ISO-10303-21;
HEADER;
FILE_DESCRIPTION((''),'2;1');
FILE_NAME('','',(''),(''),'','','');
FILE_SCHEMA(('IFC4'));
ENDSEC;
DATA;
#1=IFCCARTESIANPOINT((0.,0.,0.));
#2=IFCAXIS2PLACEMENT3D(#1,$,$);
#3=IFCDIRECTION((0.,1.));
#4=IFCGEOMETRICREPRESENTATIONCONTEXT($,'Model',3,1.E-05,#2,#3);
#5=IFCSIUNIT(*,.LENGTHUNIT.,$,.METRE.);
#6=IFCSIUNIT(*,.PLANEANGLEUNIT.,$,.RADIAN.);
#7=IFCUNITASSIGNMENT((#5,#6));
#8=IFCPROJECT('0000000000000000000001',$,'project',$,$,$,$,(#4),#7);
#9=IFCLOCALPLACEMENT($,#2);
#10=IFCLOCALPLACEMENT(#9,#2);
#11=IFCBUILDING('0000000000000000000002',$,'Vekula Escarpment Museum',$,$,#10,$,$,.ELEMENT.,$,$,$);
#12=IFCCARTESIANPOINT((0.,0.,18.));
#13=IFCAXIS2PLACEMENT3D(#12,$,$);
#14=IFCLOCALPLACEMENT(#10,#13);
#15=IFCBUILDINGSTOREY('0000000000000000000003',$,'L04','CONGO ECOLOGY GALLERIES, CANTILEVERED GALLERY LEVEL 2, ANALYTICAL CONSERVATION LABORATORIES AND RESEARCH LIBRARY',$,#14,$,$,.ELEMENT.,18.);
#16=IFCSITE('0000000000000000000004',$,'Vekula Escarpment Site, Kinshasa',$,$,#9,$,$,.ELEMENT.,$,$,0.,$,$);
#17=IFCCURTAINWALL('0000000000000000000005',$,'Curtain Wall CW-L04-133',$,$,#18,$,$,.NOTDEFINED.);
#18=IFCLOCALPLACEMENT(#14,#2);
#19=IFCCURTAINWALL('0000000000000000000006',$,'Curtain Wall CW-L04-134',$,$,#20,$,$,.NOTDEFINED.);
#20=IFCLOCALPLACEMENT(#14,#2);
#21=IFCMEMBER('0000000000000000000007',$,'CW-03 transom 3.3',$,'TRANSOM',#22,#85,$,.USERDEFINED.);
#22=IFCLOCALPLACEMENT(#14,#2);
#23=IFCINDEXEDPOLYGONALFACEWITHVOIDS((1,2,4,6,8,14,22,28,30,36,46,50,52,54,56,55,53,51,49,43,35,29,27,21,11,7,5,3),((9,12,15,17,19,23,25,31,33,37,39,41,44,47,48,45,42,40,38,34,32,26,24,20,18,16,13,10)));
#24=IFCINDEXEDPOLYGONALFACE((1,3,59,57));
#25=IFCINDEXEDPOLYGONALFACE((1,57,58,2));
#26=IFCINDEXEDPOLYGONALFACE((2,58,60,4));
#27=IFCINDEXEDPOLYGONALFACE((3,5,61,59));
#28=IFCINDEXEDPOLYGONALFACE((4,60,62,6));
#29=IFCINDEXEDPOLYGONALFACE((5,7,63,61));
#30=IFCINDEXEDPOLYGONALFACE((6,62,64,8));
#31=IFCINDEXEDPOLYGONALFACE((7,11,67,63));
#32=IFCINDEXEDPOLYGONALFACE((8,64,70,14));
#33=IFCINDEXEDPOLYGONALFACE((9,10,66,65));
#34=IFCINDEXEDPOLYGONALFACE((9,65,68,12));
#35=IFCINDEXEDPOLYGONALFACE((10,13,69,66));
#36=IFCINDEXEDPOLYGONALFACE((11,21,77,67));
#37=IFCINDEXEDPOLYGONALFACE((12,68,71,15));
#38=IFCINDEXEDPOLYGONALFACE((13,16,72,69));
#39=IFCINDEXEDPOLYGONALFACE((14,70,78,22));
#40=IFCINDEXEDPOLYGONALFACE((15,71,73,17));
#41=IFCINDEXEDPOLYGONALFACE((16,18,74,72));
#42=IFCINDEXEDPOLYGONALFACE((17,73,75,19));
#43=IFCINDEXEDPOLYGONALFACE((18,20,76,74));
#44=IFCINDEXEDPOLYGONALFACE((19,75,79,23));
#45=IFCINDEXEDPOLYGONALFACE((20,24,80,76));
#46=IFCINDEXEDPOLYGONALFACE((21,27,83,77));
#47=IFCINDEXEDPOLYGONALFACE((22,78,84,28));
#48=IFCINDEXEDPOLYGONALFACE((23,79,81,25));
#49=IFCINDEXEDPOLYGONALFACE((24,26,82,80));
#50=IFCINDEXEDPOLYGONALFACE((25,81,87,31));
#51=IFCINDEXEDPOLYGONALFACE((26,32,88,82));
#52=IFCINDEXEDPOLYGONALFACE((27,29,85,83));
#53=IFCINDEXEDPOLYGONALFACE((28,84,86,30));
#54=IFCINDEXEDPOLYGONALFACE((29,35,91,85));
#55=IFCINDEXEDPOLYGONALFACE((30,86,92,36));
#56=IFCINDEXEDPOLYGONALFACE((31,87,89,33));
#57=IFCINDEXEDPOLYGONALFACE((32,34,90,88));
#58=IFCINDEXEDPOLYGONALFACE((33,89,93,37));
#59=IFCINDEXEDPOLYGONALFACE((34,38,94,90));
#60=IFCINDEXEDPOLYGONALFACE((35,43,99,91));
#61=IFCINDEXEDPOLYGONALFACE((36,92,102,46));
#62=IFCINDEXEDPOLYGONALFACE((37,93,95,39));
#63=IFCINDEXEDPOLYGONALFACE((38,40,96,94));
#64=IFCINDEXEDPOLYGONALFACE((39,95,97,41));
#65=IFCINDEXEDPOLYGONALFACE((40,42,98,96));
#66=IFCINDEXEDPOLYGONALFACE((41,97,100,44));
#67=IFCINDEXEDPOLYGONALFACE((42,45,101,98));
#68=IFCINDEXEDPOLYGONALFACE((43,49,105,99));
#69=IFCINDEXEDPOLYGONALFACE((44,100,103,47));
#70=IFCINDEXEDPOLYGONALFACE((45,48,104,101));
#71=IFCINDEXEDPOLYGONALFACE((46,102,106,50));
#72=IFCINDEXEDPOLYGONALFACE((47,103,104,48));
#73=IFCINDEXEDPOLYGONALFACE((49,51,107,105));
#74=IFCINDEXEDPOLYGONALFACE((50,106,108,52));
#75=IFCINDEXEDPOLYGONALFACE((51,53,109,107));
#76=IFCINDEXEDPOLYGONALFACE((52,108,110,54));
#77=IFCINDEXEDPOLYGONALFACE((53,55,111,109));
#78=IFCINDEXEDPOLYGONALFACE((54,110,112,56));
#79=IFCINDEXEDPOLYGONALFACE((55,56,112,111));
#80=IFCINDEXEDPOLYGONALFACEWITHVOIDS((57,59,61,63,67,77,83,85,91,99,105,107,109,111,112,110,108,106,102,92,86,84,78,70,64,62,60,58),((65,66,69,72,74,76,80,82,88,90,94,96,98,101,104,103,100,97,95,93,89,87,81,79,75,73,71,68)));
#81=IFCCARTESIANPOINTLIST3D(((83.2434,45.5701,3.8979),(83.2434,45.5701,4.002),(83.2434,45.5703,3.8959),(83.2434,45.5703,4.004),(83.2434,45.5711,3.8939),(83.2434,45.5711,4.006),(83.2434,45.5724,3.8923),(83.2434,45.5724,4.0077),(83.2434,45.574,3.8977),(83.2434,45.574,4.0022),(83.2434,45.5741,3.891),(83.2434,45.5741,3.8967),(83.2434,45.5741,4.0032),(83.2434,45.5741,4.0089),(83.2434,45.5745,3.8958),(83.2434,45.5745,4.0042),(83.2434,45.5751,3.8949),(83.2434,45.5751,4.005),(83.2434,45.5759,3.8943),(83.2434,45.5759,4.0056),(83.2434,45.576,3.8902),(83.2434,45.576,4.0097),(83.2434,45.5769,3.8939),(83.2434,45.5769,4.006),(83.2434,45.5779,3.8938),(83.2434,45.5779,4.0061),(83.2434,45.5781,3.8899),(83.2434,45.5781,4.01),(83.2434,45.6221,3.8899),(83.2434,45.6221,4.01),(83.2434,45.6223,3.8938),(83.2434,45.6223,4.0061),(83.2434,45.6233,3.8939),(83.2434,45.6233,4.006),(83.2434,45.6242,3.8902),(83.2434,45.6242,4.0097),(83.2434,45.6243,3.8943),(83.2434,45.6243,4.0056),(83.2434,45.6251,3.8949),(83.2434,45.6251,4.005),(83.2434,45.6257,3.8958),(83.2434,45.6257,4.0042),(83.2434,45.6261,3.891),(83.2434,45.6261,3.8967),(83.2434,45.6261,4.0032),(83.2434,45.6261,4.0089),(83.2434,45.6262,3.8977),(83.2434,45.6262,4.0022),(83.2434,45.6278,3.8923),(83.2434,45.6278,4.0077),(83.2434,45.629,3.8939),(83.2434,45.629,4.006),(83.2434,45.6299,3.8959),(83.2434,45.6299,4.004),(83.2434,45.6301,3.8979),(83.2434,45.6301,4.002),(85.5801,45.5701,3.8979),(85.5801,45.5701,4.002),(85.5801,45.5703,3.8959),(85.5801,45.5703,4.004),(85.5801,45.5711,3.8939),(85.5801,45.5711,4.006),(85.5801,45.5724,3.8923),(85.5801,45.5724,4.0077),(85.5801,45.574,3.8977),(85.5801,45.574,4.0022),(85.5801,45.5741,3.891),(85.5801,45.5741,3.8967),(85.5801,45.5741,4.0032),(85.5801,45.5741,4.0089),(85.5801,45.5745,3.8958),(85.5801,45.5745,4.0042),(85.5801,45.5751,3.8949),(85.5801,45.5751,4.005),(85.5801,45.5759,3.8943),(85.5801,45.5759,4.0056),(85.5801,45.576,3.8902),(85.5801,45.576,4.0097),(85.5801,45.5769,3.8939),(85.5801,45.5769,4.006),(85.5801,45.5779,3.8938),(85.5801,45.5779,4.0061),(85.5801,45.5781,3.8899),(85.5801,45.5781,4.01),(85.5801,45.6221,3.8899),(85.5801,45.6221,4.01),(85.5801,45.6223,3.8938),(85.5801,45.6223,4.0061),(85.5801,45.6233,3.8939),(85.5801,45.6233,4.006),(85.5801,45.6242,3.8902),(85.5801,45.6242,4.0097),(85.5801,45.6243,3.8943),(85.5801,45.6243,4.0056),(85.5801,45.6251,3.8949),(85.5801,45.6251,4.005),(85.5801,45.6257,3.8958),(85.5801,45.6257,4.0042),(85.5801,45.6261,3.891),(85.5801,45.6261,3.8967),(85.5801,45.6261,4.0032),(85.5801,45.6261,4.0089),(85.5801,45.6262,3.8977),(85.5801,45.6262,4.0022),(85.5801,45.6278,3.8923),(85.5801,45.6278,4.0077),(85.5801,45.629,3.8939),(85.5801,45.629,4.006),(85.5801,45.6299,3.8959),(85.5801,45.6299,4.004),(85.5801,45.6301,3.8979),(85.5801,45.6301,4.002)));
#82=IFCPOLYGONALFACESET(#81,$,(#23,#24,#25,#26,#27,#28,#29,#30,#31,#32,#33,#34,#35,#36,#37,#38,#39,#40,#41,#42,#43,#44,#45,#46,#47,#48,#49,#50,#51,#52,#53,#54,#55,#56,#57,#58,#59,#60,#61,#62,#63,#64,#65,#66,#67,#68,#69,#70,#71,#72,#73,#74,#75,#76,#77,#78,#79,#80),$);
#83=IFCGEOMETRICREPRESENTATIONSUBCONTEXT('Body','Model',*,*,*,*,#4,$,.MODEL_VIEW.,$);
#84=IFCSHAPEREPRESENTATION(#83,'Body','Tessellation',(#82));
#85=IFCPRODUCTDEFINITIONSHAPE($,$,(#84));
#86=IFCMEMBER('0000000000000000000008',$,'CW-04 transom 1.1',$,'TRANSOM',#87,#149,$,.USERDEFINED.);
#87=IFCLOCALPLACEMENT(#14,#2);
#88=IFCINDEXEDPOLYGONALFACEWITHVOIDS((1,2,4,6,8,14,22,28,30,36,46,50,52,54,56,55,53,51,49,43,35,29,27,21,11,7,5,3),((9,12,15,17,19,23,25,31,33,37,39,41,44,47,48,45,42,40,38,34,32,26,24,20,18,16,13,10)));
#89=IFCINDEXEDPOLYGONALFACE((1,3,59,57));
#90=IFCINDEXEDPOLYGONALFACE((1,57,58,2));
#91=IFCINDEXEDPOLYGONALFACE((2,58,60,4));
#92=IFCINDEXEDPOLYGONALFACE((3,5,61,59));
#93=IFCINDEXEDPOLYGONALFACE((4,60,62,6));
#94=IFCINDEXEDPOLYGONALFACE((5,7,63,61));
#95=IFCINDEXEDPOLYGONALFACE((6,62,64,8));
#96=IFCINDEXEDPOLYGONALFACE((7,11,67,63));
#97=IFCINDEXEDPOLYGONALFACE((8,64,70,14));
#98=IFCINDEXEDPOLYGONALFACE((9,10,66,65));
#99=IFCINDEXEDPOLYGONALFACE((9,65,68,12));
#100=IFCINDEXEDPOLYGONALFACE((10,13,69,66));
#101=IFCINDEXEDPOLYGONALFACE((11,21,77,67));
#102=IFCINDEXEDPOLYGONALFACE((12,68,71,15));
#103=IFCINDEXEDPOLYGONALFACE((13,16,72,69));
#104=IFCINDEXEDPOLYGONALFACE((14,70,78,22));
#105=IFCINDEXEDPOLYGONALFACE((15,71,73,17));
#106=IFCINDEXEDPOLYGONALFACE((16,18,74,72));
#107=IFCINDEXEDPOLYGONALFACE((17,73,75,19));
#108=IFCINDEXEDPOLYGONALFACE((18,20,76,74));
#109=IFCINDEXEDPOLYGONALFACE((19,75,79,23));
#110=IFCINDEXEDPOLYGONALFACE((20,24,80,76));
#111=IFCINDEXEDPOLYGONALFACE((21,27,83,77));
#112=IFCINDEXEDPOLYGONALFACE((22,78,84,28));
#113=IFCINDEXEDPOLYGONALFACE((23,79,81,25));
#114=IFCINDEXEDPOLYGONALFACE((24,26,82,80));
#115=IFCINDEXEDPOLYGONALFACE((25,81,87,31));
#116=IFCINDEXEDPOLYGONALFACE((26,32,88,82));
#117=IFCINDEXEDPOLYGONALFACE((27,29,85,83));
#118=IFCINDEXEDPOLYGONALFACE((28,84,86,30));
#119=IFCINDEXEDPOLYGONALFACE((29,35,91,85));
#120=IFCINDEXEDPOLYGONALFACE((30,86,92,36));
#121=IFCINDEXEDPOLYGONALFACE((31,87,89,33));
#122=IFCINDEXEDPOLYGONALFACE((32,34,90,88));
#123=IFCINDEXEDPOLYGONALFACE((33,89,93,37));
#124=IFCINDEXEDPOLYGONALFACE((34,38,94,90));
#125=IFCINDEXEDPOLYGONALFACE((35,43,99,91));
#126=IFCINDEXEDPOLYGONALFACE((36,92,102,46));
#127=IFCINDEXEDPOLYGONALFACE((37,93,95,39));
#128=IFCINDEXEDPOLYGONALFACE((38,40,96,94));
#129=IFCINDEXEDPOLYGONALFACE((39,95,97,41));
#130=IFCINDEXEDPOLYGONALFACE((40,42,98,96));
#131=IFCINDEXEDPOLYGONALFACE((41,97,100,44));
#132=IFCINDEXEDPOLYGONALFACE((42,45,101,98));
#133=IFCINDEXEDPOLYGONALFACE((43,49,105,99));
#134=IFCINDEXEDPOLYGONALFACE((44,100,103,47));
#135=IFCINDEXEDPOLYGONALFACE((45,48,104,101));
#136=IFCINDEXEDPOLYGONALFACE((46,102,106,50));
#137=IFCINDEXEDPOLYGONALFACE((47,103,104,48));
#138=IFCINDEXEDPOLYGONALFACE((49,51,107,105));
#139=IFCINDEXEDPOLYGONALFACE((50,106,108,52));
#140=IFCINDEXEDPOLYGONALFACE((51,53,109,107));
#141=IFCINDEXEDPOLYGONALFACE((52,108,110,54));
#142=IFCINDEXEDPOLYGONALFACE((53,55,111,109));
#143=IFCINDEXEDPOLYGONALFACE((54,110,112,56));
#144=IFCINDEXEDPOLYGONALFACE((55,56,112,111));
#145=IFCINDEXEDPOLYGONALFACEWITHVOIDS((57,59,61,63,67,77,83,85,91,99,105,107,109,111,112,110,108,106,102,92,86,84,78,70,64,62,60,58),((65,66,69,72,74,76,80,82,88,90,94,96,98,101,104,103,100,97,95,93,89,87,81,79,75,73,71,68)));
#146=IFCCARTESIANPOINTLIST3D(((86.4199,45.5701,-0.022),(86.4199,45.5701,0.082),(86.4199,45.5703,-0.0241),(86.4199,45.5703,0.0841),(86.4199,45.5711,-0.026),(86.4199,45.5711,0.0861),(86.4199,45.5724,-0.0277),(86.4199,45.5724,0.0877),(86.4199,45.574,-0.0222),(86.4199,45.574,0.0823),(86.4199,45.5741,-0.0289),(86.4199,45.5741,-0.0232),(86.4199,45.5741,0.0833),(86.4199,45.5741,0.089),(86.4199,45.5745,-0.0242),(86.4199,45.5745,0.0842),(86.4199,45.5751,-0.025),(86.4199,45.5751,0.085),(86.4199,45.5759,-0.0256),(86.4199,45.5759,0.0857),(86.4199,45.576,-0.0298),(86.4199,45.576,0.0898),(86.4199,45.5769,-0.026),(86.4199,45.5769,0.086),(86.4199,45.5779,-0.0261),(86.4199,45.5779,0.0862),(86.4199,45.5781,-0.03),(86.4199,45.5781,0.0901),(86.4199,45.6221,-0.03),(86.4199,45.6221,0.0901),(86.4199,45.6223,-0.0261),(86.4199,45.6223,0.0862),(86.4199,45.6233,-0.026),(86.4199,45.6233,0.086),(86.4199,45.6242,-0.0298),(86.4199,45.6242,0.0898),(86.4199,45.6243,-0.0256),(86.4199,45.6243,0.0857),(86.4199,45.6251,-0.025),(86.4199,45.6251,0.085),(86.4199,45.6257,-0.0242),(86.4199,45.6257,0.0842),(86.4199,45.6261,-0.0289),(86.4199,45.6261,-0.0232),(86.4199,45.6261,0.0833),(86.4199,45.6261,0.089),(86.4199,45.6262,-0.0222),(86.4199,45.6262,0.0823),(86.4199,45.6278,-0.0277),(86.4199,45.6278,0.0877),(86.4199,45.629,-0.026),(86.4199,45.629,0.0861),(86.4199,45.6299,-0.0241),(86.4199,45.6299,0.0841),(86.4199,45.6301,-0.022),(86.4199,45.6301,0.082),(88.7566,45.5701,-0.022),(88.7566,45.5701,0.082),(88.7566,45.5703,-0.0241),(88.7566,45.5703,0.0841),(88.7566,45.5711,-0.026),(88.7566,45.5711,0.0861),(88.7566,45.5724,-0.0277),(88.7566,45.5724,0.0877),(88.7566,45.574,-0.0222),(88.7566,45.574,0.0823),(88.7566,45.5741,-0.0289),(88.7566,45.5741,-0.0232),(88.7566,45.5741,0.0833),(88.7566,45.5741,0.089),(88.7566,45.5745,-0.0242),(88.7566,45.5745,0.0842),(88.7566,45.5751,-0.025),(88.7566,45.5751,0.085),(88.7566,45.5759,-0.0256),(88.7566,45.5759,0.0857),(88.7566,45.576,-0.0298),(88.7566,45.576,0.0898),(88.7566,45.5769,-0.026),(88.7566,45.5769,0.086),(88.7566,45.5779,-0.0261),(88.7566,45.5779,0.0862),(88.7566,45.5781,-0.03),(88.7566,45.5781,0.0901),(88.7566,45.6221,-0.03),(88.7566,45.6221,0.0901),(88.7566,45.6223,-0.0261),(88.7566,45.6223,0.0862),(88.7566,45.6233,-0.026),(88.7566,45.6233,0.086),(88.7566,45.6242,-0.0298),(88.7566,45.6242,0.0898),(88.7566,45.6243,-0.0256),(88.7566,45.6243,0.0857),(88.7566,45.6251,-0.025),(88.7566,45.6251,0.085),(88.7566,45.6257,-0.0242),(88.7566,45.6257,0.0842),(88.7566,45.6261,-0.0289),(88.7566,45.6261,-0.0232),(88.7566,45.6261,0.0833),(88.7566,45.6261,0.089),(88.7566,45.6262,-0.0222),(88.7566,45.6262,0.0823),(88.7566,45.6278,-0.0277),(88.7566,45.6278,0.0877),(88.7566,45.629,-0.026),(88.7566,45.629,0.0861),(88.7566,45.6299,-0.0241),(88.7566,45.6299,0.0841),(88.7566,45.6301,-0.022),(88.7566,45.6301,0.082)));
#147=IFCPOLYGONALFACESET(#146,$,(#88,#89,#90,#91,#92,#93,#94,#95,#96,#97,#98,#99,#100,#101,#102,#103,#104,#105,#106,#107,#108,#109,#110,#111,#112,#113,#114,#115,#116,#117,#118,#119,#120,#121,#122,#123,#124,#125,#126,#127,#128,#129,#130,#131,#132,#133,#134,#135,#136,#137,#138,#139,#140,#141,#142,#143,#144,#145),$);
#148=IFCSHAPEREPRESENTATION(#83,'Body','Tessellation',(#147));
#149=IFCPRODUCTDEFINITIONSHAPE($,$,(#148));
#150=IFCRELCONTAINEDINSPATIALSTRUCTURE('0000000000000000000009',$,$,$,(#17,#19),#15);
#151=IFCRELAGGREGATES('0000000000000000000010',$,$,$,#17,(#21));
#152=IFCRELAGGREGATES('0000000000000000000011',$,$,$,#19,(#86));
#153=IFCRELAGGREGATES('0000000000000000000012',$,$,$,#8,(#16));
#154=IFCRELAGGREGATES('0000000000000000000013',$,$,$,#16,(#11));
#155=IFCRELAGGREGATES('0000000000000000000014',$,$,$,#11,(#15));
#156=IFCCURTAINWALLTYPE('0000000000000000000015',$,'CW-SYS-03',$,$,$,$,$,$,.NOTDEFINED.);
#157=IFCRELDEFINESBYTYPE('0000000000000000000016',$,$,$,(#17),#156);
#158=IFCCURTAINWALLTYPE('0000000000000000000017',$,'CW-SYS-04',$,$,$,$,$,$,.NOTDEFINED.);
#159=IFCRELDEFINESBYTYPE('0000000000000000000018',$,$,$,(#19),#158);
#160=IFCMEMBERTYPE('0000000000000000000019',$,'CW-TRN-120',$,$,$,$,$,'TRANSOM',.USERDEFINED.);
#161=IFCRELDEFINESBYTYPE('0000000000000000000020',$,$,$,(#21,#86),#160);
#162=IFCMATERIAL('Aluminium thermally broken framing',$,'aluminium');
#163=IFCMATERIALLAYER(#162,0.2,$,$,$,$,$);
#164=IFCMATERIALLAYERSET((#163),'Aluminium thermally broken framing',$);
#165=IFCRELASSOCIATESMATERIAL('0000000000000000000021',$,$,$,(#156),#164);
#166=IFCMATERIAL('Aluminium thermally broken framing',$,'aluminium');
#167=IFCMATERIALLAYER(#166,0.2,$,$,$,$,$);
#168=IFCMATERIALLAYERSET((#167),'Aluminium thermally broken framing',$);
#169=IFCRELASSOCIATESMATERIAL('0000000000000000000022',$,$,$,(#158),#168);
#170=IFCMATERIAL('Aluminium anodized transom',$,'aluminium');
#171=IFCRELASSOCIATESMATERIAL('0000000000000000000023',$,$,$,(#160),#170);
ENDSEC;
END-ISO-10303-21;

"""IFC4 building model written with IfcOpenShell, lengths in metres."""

from ifc_helpers import new_model, si_unit, direction, frame, origin, origin_2d, place, context, subcontext, project, spatial, hollow_rectangle, extrude, material, layer, layer_set, material_profile, profile_set, type_object, element, aggregate, save


model = new_model("IFC4")

# Units and contexts
model_context = context("Model", 3, precision=1e-05, world=origin(), true_north=direction((0.0, 1.0)))
body_context = subcontext(model_context, "Body", "Model", "MODEL_VIEW")
ifc_project = project(units=[si_unit("LENGTHUNIT", "METRE"), si_unit("PLANEANGLEUNIT", "RADIAN")], contexts=[model_context])

# Site, building, storey
site_placement = place(None, origin())
site = spatial("IfcSite", under=ifc_project, at=site_placement, Name="Vekula Escarpment Site, Kinshasa", CompositionType="ELEMENT", RefElevation=0.0)
building_placement = place(site_placement, origin())
building = spatial("IfcBuilding", under=site, at=building_placement, Name="Vekula Escarpment Museum", CompositionType="ELEMENT")
storey_placement = place(building_placement, frame((0.0, 0.0, 18.0)))
storey = spatial("IfcBuildingStorey", under=building, at=storey_placement, Name="L04", Description="CONGO ECOLOGY GALLERIES, CANTILEVERED GALLERY LEVEL 2, ANALYTICAL CONSERVATION LABORATORIES AND RESEARCH LIBRARY", CompositionType="ELEMENT", Elevation=18.0)

# Curtain wall
ifc_material_1 = material(Name="Aluminium thermally broken framing", Category="aluminium")
ifc_layer_1 = layer(ifc_material_1, 0.2)
ifc_layer_set_1 = layer_set([ifc_layer_1], Name="Aluminium thermally broken framing")
curtain_wall_type_1 = type_object("IfcCurtainWallType", Name="CW-SYS-03", PredefinedType="NOTDEFINED", material=ifc_layer_set_1)
curtain_wall_1_placement = place(storey_placement, origin())
curtain_wall_1 = element("IfcCurtainWall", 1, at=curtain_wall_1_placement, inside=storey, type_object=curtain_wall_type_1, Name="Curtain Wall CW-L04-133", PredefinedType="NOTDEFINED")

# Curtain wall
ifc_material_2 = material(Name="Aluminium thermally broken framing", Category="aluminium")
ifc_layer_2 = layer(ifc_material_2, 0.2)
ifc_layer_set_2 = layer_set([ifc_layer_2], Name="Aluminium thermally broken framing")
curtain_wall_type_2 = type_object("IfcCurtainWallType", Name="CW-SYS-04", PredefinedType="NOTDEFINED", material=ifc_layer_set_2)
curtain_wall_2_placement = place(storey_placement, origin())
curtain_wall_2 = element("IfcCurtainWall", 2, at=curtain_wall_2_placement, inside=storey, type_object=curtain_wall_type_2, Name="Curtain Wall CW-L04-134", PredefinedType="NOTDEFINED")

# Members
ifc_material_3 = material(Name="Aluminium anodized transom", Category="aluminium")
ifc_material_profile_1 = material_profile(ifc_material_3, hollow_rectangle(XDim=0.0601, YDim=0.1201, WallThickness=0.0039, InnerFilletRadius=0.0039, OuterFilletRadius=0.0081, at=origin_2d()), Name="ALU 120x60x4")
ifc_profile_set_1 = profile_set([ifc_material_profile_1], Name="Aluminium anodized transom")
member_type_1 = type_object("IfcMemberType", Name="CW-TRN-120", ElementType="TRANSOM", PredefinedType="USERDEFINED", material=ifc_profile_set_1)
member_1_placement = place(storey_placement, frame((83.2434, 45.6001, 3.95), z_axis=(1.0, 0.0, 0.0), x_axis=(0.0, 1.0, 0.0)))
member_1 = element("IfcMember", 3, at=member_1_placement, type_object=member_type_1, Name="CW-03 transom 3.3", ObjectType="TRANSOM", PredefinedType="USERDEFINED", context=body_context, shape_type="SweptSolid", body=[
    extrude(hollow_rectangle(XDim=0.0601, YDim=0.1201, WallThickness=0.0039, InnerFilletRadius=0.0039, OuterFilletRadius=0.0081, at=origin_2d()), origin(), (0.0, 0.0, 1.0), 2.3367),
])
member_2_placement = place(storey_placement, frame((86.4199, 45.6001, 0.03), z_axis=(1.0, 0.0, 0.0), x_axis=(0.0, 1.0, 0.0)))
member_2 = element("IfcMember", 4, at=member_2_placement, type_object=member_type_1, Name="CW-04 transom 1.1", ObjectType="TRANSOM", PredefinedType="USERDEFINED", context=body_context, shape_type="SweptSolid", body=[
    extrude(hollow_rectangle(XDim=0.0601, YDim=0.1201, WallThickness=0.0039, InnerFilletRadius=0.0039, OuterFilletRadius=0.0081, at=origin_2d()), origin(), (0.0, 0.0, 1.0), 2.3367),
])

aggregate(curtain_wall_1, [member_1])
aggregate(curtain_wall_2, [member_2])

save(model, "model.ifc")
